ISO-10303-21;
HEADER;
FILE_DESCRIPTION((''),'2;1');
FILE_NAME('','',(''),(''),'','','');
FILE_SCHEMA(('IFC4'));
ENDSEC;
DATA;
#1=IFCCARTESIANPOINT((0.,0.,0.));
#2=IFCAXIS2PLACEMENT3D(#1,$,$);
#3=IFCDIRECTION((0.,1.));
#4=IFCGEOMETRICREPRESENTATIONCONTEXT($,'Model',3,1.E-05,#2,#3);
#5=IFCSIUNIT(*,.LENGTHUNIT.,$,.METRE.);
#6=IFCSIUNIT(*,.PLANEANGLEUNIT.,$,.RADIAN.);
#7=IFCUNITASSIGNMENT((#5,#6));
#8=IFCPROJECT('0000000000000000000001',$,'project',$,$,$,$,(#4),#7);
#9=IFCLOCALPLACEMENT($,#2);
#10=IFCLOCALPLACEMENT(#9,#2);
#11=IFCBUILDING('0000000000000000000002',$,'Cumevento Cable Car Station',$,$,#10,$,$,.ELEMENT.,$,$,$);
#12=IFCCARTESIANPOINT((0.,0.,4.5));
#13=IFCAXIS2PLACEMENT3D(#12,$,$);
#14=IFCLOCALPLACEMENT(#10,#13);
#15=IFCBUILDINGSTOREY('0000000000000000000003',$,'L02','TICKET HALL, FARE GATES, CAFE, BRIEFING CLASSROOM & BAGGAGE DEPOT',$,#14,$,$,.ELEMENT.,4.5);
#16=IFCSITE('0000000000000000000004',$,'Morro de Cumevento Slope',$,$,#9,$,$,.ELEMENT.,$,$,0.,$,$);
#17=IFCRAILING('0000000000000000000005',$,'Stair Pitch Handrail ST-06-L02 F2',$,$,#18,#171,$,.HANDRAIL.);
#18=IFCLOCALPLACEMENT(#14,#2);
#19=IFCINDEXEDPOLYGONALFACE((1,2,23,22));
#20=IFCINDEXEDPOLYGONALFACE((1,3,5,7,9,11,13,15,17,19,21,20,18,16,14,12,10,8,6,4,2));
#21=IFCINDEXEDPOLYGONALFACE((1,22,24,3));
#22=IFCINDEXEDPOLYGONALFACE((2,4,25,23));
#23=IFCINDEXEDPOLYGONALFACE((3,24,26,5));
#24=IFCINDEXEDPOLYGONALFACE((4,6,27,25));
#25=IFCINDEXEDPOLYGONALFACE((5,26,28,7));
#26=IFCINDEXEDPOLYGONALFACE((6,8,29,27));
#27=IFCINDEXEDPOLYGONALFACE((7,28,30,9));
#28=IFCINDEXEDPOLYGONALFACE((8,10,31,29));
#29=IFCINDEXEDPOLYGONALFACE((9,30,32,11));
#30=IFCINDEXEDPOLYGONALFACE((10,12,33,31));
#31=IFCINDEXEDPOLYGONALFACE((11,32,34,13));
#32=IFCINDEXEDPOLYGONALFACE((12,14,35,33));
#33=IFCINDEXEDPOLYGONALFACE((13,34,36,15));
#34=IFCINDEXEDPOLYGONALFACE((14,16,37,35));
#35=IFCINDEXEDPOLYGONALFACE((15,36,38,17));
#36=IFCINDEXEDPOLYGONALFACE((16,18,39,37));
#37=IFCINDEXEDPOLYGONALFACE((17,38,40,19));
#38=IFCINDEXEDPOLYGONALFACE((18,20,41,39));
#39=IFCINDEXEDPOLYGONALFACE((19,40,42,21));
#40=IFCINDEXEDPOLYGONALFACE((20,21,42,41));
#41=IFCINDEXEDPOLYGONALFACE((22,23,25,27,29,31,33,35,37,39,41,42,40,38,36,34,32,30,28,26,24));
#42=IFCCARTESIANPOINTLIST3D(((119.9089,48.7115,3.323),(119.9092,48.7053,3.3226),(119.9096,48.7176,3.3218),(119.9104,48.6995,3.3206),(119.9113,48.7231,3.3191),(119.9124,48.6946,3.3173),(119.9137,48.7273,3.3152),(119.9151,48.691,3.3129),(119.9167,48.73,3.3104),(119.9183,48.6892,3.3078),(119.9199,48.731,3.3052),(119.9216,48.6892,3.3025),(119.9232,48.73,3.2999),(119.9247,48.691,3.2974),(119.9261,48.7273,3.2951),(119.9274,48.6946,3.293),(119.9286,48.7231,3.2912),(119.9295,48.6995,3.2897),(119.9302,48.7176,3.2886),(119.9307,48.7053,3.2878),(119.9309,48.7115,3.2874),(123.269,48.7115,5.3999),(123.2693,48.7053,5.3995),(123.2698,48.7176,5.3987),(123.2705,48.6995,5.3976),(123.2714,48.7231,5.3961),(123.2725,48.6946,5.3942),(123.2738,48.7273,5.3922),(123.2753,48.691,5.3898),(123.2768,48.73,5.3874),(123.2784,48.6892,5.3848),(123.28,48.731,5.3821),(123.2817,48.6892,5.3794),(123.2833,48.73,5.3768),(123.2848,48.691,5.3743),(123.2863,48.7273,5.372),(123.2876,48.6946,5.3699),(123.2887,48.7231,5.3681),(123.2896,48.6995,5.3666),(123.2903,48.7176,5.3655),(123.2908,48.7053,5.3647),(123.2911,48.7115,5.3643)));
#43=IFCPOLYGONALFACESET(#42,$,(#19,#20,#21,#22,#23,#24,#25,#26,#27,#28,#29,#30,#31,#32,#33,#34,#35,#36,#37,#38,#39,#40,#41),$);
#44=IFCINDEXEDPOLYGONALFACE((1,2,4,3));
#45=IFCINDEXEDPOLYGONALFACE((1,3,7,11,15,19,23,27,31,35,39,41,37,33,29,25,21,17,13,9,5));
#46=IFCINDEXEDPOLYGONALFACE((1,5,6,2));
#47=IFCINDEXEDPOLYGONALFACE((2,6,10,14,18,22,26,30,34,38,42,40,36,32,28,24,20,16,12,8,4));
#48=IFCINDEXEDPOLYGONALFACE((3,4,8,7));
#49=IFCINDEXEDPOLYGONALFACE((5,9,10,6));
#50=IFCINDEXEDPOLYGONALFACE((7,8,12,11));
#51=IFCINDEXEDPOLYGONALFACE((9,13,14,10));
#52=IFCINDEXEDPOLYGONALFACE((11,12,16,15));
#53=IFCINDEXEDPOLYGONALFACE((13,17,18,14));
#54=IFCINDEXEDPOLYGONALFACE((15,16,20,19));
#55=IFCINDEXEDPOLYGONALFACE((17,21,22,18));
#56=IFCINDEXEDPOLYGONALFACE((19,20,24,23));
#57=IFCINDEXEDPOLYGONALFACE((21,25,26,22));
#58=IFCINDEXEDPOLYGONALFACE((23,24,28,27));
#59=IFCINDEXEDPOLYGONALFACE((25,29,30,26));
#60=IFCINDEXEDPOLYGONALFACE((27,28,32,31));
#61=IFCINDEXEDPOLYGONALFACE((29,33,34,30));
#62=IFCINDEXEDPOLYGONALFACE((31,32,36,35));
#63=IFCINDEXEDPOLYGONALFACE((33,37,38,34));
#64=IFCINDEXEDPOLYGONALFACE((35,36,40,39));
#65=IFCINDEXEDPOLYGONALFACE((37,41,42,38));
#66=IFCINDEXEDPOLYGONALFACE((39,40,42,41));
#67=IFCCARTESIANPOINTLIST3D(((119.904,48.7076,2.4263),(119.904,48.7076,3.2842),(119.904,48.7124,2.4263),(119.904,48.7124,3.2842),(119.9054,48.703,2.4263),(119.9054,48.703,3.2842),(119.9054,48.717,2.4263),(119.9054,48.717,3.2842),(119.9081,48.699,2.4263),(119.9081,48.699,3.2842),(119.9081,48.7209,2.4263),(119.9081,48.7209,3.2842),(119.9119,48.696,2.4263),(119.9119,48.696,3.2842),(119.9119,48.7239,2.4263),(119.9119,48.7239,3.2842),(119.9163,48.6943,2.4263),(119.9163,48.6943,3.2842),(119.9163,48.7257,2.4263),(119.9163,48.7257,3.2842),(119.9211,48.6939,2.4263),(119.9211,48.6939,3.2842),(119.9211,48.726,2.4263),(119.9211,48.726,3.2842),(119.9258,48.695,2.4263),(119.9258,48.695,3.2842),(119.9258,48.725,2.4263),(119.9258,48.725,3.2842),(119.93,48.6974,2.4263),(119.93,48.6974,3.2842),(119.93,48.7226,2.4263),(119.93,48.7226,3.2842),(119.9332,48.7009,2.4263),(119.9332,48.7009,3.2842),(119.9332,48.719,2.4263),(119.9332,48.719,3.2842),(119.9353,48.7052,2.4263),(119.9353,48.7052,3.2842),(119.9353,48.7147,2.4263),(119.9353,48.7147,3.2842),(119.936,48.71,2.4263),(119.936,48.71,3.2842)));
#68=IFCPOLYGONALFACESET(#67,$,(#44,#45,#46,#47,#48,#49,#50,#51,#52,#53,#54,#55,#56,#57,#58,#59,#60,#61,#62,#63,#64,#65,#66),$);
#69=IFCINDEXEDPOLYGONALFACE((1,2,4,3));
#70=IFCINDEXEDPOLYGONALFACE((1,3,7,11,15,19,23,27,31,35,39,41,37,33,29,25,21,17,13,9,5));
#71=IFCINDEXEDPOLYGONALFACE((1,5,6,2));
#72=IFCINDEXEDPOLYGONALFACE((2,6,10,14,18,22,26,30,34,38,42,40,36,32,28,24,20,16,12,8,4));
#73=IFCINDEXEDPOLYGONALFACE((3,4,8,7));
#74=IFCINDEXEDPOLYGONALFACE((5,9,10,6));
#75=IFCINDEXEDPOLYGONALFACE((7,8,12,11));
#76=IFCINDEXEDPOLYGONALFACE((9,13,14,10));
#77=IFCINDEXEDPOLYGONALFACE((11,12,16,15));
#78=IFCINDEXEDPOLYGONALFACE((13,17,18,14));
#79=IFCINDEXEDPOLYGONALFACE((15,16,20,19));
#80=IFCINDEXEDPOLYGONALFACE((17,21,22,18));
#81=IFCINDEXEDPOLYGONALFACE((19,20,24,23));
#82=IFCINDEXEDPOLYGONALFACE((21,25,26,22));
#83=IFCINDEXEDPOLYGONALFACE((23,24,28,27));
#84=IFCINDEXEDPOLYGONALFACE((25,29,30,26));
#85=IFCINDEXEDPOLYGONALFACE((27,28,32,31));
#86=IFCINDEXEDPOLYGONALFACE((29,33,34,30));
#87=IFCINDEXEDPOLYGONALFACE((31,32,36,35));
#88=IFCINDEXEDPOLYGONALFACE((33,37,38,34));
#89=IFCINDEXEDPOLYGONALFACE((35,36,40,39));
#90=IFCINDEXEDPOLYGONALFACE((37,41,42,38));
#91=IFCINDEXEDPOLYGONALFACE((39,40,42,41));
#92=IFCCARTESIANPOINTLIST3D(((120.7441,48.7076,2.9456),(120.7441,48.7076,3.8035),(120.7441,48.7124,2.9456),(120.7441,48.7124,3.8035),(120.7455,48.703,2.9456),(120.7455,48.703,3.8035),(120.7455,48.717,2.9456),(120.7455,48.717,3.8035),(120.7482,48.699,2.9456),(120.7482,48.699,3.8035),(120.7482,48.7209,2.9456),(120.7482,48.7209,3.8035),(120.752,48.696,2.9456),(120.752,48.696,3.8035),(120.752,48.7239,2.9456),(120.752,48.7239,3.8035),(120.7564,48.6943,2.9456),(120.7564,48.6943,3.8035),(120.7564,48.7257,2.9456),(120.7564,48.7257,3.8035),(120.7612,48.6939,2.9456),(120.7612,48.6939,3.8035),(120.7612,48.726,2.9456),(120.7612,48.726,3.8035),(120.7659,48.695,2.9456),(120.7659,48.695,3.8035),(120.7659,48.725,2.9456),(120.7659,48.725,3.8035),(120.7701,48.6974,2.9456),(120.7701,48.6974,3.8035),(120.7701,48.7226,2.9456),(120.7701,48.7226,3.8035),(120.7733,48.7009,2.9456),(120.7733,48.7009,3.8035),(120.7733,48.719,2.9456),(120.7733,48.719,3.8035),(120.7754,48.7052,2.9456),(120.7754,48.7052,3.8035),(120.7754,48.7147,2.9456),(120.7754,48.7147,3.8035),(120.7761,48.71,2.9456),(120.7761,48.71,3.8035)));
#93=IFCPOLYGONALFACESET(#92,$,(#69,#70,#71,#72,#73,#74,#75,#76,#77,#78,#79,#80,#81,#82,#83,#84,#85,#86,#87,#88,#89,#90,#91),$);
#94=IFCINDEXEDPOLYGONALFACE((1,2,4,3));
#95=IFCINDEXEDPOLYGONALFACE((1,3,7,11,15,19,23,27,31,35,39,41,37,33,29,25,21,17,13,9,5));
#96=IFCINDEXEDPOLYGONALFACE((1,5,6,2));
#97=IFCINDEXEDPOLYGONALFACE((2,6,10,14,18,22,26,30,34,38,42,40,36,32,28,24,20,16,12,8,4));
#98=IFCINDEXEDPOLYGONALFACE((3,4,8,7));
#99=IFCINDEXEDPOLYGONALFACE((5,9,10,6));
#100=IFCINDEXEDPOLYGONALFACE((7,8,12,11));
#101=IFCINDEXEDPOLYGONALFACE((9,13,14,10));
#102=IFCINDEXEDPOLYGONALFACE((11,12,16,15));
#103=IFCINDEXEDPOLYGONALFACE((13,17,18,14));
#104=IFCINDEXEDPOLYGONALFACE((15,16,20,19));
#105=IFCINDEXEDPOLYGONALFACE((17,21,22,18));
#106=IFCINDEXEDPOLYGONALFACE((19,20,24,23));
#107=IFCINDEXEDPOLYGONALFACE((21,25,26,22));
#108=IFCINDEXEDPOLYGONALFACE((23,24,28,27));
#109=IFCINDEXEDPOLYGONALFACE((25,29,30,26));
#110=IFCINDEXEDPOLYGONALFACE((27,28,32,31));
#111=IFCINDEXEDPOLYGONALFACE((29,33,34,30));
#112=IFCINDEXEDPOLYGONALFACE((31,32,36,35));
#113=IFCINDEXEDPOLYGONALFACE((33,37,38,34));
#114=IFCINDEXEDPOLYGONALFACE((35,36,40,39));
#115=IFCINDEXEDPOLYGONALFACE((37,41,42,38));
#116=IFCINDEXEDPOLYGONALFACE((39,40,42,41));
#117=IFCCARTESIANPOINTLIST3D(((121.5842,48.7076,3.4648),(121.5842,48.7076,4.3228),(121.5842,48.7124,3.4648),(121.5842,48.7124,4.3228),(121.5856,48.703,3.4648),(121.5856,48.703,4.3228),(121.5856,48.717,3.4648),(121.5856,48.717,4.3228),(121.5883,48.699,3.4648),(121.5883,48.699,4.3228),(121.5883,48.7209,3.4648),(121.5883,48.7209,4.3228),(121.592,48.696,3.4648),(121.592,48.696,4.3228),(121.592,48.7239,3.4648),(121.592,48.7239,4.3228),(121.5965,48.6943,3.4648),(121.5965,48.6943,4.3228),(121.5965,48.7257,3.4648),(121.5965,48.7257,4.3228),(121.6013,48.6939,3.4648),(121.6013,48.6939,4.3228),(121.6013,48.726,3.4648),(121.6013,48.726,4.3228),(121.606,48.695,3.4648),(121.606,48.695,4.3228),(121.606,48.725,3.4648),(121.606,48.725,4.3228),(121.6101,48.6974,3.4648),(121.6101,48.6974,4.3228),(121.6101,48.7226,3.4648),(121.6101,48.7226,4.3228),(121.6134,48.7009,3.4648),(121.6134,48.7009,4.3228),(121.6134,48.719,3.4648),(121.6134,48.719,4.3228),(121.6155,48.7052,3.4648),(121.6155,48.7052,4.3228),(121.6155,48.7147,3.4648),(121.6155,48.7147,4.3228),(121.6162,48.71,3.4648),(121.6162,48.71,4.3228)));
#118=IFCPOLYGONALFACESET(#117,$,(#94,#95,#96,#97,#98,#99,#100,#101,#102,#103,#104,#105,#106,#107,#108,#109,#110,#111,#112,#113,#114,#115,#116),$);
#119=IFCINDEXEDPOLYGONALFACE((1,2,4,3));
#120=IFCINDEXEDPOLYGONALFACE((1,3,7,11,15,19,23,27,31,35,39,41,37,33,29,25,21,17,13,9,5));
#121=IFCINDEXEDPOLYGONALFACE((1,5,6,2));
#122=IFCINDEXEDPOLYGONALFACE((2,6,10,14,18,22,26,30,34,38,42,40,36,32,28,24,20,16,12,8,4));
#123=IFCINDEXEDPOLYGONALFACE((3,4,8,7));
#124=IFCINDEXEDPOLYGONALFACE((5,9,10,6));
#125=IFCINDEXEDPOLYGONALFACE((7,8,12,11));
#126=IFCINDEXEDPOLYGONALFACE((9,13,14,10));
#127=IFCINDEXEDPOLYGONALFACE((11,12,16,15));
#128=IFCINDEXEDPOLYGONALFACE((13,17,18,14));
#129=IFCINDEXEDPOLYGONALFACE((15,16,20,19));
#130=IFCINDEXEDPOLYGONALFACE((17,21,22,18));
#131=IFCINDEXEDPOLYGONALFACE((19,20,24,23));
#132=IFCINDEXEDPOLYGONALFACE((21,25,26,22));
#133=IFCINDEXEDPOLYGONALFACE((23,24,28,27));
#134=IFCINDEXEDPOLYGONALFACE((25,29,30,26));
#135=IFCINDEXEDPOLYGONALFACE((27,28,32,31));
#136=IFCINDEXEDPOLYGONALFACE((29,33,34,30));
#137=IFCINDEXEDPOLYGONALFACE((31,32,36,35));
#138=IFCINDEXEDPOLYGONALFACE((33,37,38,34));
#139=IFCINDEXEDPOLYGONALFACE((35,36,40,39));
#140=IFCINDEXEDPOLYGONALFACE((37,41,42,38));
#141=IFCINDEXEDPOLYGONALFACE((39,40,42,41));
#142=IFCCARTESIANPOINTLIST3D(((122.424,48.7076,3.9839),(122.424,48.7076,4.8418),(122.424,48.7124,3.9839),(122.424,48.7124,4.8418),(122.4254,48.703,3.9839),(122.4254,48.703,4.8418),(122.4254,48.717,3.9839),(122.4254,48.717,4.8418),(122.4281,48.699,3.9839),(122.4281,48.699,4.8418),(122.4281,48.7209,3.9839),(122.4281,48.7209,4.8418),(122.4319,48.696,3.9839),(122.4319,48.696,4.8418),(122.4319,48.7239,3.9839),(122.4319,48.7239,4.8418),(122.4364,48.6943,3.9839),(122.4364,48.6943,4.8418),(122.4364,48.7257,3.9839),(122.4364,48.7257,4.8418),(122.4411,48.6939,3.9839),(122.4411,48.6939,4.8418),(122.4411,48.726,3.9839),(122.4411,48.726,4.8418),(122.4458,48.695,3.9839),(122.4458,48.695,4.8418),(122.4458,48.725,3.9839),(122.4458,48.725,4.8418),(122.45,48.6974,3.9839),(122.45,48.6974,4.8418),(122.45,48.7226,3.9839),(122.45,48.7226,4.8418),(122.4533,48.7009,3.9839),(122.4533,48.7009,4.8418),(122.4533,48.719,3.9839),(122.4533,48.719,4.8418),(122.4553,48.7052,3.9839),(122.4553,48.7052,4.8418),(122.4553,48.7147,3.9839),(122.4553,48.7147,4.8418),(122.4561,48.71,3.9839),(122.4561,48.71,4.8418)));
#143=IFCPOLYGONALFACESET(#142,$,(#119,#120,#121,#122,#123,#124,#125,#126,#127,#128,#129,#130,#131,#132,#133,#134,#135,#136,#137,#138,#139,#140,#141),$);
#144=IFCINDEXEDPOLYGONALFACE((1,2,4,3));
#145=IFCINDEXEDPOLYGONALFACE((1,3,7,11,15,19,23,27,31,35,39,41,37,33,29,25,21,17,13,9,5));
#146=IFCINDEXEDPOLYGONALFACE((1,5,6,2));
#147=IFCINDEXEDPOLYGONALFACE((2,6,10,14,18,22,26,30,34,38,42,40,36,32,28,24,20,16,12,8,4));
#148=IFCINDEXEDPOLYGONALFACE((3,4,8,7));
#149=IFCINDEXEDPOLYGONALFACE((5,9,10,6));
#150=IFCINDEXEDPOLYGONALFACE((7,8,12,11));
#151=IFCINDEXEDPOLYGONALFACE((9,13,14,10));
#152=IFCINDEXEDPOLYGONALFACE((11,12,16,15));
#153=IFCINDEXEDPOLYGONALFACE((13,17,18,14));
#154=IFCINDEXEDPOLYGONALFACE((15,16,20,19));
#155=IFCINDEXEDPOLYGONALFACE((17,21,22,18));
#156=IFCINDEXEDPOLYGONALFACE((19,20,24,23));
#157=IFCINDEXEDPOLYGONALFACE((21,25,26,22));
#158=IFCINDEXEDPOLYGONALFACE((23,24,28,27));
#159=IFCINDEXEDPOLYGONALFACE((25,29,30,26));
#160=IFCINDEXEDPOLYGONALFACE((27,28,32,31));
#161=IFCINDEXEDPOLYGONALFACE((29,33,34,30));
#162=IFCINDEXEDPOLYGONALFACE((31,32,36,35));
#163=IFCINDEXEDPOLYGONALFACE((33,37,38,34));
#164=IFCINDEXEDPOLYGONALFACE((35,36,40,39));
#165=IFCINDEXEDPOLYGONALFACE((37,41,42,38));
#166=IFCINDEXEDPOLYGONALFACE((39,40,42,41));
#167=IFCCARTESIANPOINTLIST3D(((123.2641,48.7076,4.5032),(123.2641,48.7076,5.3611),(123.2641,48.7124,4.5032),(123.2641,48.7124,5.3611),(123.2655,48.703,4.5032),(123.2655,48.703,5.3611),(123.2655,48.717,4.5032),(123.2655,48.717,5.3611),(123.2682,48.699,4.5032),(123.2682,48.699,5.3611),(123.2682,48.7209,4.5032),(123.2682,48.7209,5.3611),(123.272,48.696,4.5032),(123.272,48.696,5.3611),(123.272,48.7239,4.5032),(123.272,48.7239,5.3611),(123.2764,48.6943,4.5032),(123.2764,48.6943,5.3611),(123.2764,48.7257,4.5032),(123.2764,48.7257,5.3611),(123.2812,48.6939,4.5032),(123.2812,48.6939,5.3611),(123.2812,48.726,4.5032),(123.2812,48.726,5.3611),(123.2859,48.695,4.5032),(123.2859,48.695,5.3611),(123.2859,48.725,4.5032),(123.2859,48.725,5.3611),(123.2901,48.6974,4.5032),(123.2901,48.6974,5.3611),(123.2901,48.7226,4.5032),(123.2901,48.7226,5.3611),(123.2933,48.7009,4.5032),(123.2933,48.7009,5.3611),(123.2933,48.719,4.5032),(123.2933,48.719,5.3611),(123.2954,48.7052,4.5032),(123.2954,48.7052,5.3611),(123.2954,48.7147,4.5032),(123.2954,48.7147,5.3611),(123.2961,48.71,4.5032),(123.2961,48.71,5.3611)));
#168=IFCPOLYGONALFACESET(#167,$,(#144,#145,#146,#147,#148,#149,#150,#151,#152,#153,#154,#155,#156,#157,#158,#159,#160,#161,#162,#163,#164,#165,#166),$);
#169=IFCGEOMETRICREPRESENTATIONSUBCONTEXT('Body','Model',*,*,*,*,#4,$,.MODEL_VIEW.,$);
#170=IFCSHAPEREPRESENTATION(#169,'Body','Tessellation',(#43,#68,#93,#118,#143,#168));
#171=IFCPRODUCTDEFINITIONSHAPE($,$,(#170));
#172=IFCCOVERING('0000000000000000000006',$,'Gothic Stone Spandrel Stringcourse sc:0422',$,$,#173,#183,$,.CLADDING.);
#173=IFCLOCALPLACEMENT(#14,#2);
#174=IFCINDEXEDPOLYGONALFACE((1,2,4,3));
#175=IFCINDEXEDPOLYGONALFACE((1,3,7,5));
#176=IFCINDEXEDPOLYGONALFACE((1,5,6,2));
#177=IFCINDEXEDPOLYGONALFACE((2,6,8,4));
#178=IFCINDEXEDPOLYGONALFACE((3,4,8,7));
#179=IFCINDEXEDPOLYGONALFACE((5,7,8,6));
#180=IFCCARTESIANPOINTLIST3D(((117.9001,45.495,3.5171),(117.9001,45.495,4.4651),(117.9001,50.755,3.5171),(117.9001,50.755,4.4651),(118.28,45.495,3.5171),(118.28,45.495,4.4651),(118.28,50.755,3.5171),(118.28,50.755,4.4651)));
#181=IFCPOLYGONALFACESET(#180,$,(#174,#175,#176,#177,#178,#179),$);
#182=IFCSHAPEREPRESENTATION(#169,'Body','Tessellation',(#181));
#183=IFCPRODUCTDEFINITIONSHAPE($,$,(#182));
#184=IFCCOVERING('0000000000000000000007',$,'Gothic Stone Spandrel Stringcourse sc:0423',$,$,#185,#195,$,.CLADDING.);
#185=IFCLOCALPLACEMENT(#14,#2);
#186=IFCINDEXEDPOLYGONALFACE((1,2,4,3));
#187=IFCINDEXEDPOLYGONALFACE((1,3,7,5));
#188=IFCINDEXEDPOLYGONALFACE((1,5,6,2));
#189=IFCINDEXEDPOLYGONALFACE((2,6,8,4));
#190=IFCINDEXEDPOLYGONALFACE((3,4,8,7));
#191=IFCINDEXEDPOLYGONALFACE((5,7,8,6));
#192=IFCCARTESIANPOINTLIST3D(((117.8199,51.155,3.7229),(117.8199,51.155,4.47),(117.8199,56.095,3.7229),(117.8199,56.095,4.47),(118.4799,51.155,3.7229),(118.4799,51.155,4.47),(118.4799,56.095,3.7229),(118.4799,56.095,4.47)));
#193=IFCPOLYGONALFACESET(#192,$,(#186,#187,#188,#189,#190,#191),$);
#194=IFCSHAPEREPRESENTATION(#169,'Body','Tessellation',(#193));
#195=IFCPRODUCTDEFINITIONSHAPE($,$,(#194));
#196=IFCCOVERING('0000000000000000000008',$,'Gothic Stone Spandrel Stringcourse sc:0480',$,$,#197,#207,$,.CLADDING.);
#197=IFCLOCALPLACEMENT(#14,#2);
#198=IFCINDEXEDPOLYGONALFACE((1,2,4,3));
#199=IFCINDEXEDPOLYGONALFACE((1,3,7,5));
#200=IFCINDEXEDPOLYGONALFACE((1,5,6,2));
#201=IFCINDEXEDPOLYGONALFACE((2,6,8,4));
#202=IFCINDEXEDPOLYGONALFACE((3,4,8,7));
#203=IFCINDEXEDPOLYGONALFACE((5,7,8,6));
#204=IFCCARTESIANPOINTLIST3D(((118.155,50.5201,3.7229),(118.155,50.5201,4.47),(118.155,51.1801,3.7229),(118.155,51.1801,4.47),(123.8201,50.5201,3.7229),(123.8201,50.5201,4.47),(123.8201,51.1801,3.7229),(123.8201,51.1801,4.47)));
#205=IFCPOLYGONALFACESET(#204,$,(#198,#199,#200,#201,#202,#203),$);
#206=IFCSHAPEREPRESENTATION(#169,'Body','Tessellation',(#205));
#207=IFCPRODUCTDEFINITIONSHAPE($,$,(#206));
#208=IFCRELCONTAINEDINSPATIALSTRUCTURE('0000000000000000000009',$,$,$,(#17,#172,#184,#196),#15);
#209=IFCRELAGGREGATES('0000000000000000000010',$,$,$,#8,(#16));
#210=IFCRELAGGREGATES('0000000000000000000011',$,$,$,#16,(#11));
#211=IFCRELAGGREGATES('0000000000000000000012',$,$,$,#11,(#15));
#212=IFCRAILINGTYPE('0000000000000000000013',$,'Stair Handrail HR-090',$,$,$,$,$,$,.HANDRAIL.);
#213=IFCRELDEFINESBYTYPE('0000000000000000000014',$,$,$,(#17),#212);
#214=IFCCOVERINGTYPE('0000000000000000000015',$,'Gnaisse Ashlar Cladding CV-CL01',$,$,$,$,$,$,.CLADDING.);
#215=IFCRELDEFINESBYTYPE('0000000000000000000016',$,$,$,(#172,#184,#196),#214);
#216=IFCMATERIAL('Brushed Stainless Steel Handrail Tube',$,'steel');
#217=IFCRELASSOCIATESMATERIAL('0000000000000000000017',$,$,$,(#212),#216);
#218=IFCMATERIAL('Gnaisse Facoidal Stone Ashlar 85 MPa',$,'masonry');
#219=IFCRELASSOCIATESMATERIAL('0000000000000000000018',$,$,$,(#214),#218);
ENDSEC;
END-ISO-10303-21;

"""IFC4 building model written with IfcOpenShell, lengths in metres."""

from ifc_helpers import new_model, si_unit, direction, frame, origin, origin_2d, place, context, subcontext, project, spatial, rectangle, circle, extrude, material, type_object, element, save


model = new_model("IFC4")

# Units and contexts
model_context = context("Model", 3, precision=1e-05, world=origin(), true_north=direction((0.0, 1.0)))
body_context = subcontext(model_context, "Body", "Model", "MODEL_VIEW")
ifc_project = project(units=[si_unit("LENGTHUNIT", "METRE"), si_unit("PLANEANGLEUNIT", "RADIAN")], contexts=[model_context])

# Site, building, storey
site_placement = place(None, origin())
site = spatial("IfcSite", under=ifc_project, at=site_placement, Name="Morro de Cumevento Slope", CompositionType="ELEMENT", RefElevation=0.0)
building_placement = place(site_placement, origin())
building = spatial("IfcBuilding", under=site, at=building_placement, Name="Cumevento Cable Car Station", CompositionType="ELEMENT")
storey_placement = place(building_placement, frame((0.0, 0.0, 4.5)))
storey = spatial("IfcBuildingStorey", under=building, at=storey_placement, Name="L02", Description="TICKET HALL, FARE GATES, CAFE, BRIEFING CLASSROOM & BAGGAGE DEPOT", CompositionType="ELEMENT", Elevation=4.5)

# Railing
ifc_material_1 = material(Name="Brushed Stainless Steel Handrail Tube", Category="steel")
railing_type_1 = type_object("IfcRailingType", Name="Stair Handrail HR-090", PredefinedType="HANDRAIL", material=ifc_material_1)
railing_1_placement = place(storey_placement, frame((119.9199, 48.71, 2.4263)))
element("IfcRailing", 1, at=railing_1_placement, inside=storey, type_object=railing_type_1, Name="Stair Pitch Handrail ST-06-L02 F2", PredefinedType="HANDRAIL", context=body_context, shape_type="SweptSolid", body=[
    extrude(circle(Radius=0.021, at=origin_2d()), frame((0.0, 0.0, 0.8789), z_axis=(0.850623, 0.0, 0.525776), x_axis=(0.0, 1.0, 0.0)), (0.0, 0.0, 1.0), 3.9502),
    extrude(circle(Radius=0.0161, at=origin_2d()), origin(), (0.0, 0.0, 1.0), 0.8579),
    extrude(circle(Radius=0.0161, at=origin_2d()), frame((0.8401, 0.0, 0.5193)), (0.0, 0.0, 1.0), 0.8579),
    extrude(circle(Radius=0.0161, at=origin_2d()), frame((1.6802, 0.0, 1.0386)), (0.0, 0.0, 1.0), 0.8579),
    extrude(circle(Radius=0.0161, at=origin_2d()), frame((2.52, 0.0, 1.5576)), (0.0, 0.0, 1.0), 0.8579),
    extrude(circle(Radius=0.0161, at=origin_2d()), frame((3.3601, 0.0, 2.0769)), (0.0, 0.0, 1.0), 0.8579),
])

# Coverings
ifc_material_2 = material(Name="Gnaisse Facoidal Stone Ashlar 85 MPa", Category="masonry")
covering_type = type_object("IfcCoveringType", Name="Gnaisse Ashlar Cladding CV-CL01", PredefinedType="CLADDING", material=ifc_material_2)
covering_1_placement = place(storey_placement, frame((118.0901, 48.125, 3.5171), z_axis=(0.0, 0.0, 1.0), x_axis=(0.0, 1.0, 0.0)))
element("IfcCovering", 2, at=covering_1_placement, inside=storey, type_object=covering_type, Name="Gothic Stone Spandrel Stringcourse sc:0422", PredefinedType="CLADDING", context=body_context, shape_type="SweptSolid", body=[
    extrude(rectangle(XDim=5.26, YDim=0.3799, at=origin_2d()), origin(), (0.0, 0.0, 1.0), 0.948),
])
covering_2_placement = place(storey_placement, frame((118.1499, 53.625, 3.7229), z_axis=(0.0, 0.0, 1.0), x_axis=(0.0, 1.0, 0.0)))
element("IfcCovering", 3, at=covering_2_placement, inside=storey, type_object=covering_type, Name="Gothic Stone Spandrel Stringcourse sc:0423", PredefinedType="CLADDING", context=body_context, shape_type="SweptSolid", body=[
    extrude(rectangle(XDim=4.9399, YDim=0.6599, at=origin_2d()), origin(), (0.0, 0.0, 1.0), 0.7471),
])
covering_3_placement = place(storey_placement, frame((120.9875, 50.8501, 3.7229), z_axis=(0.0, 0.0, 1.0), x_axis=(1.0, 0.0, 0.0)))
element("IfcCovering", 4, at=covering_3_placement, inside=storey, type_object=covering_type, Name="Gothic Stone Spandrel Stringcourse sc:0480", PredefinedType="CLADDING", context=body_context, shape_type="SweptSolid", body=[
    extrude(rectangle(XDim=5.665, YDim=0.6599, at=origin_2d()), origin(), (0.0, 0.0, 1.0), 0.7471),
])

save(model, "model.ifc")
